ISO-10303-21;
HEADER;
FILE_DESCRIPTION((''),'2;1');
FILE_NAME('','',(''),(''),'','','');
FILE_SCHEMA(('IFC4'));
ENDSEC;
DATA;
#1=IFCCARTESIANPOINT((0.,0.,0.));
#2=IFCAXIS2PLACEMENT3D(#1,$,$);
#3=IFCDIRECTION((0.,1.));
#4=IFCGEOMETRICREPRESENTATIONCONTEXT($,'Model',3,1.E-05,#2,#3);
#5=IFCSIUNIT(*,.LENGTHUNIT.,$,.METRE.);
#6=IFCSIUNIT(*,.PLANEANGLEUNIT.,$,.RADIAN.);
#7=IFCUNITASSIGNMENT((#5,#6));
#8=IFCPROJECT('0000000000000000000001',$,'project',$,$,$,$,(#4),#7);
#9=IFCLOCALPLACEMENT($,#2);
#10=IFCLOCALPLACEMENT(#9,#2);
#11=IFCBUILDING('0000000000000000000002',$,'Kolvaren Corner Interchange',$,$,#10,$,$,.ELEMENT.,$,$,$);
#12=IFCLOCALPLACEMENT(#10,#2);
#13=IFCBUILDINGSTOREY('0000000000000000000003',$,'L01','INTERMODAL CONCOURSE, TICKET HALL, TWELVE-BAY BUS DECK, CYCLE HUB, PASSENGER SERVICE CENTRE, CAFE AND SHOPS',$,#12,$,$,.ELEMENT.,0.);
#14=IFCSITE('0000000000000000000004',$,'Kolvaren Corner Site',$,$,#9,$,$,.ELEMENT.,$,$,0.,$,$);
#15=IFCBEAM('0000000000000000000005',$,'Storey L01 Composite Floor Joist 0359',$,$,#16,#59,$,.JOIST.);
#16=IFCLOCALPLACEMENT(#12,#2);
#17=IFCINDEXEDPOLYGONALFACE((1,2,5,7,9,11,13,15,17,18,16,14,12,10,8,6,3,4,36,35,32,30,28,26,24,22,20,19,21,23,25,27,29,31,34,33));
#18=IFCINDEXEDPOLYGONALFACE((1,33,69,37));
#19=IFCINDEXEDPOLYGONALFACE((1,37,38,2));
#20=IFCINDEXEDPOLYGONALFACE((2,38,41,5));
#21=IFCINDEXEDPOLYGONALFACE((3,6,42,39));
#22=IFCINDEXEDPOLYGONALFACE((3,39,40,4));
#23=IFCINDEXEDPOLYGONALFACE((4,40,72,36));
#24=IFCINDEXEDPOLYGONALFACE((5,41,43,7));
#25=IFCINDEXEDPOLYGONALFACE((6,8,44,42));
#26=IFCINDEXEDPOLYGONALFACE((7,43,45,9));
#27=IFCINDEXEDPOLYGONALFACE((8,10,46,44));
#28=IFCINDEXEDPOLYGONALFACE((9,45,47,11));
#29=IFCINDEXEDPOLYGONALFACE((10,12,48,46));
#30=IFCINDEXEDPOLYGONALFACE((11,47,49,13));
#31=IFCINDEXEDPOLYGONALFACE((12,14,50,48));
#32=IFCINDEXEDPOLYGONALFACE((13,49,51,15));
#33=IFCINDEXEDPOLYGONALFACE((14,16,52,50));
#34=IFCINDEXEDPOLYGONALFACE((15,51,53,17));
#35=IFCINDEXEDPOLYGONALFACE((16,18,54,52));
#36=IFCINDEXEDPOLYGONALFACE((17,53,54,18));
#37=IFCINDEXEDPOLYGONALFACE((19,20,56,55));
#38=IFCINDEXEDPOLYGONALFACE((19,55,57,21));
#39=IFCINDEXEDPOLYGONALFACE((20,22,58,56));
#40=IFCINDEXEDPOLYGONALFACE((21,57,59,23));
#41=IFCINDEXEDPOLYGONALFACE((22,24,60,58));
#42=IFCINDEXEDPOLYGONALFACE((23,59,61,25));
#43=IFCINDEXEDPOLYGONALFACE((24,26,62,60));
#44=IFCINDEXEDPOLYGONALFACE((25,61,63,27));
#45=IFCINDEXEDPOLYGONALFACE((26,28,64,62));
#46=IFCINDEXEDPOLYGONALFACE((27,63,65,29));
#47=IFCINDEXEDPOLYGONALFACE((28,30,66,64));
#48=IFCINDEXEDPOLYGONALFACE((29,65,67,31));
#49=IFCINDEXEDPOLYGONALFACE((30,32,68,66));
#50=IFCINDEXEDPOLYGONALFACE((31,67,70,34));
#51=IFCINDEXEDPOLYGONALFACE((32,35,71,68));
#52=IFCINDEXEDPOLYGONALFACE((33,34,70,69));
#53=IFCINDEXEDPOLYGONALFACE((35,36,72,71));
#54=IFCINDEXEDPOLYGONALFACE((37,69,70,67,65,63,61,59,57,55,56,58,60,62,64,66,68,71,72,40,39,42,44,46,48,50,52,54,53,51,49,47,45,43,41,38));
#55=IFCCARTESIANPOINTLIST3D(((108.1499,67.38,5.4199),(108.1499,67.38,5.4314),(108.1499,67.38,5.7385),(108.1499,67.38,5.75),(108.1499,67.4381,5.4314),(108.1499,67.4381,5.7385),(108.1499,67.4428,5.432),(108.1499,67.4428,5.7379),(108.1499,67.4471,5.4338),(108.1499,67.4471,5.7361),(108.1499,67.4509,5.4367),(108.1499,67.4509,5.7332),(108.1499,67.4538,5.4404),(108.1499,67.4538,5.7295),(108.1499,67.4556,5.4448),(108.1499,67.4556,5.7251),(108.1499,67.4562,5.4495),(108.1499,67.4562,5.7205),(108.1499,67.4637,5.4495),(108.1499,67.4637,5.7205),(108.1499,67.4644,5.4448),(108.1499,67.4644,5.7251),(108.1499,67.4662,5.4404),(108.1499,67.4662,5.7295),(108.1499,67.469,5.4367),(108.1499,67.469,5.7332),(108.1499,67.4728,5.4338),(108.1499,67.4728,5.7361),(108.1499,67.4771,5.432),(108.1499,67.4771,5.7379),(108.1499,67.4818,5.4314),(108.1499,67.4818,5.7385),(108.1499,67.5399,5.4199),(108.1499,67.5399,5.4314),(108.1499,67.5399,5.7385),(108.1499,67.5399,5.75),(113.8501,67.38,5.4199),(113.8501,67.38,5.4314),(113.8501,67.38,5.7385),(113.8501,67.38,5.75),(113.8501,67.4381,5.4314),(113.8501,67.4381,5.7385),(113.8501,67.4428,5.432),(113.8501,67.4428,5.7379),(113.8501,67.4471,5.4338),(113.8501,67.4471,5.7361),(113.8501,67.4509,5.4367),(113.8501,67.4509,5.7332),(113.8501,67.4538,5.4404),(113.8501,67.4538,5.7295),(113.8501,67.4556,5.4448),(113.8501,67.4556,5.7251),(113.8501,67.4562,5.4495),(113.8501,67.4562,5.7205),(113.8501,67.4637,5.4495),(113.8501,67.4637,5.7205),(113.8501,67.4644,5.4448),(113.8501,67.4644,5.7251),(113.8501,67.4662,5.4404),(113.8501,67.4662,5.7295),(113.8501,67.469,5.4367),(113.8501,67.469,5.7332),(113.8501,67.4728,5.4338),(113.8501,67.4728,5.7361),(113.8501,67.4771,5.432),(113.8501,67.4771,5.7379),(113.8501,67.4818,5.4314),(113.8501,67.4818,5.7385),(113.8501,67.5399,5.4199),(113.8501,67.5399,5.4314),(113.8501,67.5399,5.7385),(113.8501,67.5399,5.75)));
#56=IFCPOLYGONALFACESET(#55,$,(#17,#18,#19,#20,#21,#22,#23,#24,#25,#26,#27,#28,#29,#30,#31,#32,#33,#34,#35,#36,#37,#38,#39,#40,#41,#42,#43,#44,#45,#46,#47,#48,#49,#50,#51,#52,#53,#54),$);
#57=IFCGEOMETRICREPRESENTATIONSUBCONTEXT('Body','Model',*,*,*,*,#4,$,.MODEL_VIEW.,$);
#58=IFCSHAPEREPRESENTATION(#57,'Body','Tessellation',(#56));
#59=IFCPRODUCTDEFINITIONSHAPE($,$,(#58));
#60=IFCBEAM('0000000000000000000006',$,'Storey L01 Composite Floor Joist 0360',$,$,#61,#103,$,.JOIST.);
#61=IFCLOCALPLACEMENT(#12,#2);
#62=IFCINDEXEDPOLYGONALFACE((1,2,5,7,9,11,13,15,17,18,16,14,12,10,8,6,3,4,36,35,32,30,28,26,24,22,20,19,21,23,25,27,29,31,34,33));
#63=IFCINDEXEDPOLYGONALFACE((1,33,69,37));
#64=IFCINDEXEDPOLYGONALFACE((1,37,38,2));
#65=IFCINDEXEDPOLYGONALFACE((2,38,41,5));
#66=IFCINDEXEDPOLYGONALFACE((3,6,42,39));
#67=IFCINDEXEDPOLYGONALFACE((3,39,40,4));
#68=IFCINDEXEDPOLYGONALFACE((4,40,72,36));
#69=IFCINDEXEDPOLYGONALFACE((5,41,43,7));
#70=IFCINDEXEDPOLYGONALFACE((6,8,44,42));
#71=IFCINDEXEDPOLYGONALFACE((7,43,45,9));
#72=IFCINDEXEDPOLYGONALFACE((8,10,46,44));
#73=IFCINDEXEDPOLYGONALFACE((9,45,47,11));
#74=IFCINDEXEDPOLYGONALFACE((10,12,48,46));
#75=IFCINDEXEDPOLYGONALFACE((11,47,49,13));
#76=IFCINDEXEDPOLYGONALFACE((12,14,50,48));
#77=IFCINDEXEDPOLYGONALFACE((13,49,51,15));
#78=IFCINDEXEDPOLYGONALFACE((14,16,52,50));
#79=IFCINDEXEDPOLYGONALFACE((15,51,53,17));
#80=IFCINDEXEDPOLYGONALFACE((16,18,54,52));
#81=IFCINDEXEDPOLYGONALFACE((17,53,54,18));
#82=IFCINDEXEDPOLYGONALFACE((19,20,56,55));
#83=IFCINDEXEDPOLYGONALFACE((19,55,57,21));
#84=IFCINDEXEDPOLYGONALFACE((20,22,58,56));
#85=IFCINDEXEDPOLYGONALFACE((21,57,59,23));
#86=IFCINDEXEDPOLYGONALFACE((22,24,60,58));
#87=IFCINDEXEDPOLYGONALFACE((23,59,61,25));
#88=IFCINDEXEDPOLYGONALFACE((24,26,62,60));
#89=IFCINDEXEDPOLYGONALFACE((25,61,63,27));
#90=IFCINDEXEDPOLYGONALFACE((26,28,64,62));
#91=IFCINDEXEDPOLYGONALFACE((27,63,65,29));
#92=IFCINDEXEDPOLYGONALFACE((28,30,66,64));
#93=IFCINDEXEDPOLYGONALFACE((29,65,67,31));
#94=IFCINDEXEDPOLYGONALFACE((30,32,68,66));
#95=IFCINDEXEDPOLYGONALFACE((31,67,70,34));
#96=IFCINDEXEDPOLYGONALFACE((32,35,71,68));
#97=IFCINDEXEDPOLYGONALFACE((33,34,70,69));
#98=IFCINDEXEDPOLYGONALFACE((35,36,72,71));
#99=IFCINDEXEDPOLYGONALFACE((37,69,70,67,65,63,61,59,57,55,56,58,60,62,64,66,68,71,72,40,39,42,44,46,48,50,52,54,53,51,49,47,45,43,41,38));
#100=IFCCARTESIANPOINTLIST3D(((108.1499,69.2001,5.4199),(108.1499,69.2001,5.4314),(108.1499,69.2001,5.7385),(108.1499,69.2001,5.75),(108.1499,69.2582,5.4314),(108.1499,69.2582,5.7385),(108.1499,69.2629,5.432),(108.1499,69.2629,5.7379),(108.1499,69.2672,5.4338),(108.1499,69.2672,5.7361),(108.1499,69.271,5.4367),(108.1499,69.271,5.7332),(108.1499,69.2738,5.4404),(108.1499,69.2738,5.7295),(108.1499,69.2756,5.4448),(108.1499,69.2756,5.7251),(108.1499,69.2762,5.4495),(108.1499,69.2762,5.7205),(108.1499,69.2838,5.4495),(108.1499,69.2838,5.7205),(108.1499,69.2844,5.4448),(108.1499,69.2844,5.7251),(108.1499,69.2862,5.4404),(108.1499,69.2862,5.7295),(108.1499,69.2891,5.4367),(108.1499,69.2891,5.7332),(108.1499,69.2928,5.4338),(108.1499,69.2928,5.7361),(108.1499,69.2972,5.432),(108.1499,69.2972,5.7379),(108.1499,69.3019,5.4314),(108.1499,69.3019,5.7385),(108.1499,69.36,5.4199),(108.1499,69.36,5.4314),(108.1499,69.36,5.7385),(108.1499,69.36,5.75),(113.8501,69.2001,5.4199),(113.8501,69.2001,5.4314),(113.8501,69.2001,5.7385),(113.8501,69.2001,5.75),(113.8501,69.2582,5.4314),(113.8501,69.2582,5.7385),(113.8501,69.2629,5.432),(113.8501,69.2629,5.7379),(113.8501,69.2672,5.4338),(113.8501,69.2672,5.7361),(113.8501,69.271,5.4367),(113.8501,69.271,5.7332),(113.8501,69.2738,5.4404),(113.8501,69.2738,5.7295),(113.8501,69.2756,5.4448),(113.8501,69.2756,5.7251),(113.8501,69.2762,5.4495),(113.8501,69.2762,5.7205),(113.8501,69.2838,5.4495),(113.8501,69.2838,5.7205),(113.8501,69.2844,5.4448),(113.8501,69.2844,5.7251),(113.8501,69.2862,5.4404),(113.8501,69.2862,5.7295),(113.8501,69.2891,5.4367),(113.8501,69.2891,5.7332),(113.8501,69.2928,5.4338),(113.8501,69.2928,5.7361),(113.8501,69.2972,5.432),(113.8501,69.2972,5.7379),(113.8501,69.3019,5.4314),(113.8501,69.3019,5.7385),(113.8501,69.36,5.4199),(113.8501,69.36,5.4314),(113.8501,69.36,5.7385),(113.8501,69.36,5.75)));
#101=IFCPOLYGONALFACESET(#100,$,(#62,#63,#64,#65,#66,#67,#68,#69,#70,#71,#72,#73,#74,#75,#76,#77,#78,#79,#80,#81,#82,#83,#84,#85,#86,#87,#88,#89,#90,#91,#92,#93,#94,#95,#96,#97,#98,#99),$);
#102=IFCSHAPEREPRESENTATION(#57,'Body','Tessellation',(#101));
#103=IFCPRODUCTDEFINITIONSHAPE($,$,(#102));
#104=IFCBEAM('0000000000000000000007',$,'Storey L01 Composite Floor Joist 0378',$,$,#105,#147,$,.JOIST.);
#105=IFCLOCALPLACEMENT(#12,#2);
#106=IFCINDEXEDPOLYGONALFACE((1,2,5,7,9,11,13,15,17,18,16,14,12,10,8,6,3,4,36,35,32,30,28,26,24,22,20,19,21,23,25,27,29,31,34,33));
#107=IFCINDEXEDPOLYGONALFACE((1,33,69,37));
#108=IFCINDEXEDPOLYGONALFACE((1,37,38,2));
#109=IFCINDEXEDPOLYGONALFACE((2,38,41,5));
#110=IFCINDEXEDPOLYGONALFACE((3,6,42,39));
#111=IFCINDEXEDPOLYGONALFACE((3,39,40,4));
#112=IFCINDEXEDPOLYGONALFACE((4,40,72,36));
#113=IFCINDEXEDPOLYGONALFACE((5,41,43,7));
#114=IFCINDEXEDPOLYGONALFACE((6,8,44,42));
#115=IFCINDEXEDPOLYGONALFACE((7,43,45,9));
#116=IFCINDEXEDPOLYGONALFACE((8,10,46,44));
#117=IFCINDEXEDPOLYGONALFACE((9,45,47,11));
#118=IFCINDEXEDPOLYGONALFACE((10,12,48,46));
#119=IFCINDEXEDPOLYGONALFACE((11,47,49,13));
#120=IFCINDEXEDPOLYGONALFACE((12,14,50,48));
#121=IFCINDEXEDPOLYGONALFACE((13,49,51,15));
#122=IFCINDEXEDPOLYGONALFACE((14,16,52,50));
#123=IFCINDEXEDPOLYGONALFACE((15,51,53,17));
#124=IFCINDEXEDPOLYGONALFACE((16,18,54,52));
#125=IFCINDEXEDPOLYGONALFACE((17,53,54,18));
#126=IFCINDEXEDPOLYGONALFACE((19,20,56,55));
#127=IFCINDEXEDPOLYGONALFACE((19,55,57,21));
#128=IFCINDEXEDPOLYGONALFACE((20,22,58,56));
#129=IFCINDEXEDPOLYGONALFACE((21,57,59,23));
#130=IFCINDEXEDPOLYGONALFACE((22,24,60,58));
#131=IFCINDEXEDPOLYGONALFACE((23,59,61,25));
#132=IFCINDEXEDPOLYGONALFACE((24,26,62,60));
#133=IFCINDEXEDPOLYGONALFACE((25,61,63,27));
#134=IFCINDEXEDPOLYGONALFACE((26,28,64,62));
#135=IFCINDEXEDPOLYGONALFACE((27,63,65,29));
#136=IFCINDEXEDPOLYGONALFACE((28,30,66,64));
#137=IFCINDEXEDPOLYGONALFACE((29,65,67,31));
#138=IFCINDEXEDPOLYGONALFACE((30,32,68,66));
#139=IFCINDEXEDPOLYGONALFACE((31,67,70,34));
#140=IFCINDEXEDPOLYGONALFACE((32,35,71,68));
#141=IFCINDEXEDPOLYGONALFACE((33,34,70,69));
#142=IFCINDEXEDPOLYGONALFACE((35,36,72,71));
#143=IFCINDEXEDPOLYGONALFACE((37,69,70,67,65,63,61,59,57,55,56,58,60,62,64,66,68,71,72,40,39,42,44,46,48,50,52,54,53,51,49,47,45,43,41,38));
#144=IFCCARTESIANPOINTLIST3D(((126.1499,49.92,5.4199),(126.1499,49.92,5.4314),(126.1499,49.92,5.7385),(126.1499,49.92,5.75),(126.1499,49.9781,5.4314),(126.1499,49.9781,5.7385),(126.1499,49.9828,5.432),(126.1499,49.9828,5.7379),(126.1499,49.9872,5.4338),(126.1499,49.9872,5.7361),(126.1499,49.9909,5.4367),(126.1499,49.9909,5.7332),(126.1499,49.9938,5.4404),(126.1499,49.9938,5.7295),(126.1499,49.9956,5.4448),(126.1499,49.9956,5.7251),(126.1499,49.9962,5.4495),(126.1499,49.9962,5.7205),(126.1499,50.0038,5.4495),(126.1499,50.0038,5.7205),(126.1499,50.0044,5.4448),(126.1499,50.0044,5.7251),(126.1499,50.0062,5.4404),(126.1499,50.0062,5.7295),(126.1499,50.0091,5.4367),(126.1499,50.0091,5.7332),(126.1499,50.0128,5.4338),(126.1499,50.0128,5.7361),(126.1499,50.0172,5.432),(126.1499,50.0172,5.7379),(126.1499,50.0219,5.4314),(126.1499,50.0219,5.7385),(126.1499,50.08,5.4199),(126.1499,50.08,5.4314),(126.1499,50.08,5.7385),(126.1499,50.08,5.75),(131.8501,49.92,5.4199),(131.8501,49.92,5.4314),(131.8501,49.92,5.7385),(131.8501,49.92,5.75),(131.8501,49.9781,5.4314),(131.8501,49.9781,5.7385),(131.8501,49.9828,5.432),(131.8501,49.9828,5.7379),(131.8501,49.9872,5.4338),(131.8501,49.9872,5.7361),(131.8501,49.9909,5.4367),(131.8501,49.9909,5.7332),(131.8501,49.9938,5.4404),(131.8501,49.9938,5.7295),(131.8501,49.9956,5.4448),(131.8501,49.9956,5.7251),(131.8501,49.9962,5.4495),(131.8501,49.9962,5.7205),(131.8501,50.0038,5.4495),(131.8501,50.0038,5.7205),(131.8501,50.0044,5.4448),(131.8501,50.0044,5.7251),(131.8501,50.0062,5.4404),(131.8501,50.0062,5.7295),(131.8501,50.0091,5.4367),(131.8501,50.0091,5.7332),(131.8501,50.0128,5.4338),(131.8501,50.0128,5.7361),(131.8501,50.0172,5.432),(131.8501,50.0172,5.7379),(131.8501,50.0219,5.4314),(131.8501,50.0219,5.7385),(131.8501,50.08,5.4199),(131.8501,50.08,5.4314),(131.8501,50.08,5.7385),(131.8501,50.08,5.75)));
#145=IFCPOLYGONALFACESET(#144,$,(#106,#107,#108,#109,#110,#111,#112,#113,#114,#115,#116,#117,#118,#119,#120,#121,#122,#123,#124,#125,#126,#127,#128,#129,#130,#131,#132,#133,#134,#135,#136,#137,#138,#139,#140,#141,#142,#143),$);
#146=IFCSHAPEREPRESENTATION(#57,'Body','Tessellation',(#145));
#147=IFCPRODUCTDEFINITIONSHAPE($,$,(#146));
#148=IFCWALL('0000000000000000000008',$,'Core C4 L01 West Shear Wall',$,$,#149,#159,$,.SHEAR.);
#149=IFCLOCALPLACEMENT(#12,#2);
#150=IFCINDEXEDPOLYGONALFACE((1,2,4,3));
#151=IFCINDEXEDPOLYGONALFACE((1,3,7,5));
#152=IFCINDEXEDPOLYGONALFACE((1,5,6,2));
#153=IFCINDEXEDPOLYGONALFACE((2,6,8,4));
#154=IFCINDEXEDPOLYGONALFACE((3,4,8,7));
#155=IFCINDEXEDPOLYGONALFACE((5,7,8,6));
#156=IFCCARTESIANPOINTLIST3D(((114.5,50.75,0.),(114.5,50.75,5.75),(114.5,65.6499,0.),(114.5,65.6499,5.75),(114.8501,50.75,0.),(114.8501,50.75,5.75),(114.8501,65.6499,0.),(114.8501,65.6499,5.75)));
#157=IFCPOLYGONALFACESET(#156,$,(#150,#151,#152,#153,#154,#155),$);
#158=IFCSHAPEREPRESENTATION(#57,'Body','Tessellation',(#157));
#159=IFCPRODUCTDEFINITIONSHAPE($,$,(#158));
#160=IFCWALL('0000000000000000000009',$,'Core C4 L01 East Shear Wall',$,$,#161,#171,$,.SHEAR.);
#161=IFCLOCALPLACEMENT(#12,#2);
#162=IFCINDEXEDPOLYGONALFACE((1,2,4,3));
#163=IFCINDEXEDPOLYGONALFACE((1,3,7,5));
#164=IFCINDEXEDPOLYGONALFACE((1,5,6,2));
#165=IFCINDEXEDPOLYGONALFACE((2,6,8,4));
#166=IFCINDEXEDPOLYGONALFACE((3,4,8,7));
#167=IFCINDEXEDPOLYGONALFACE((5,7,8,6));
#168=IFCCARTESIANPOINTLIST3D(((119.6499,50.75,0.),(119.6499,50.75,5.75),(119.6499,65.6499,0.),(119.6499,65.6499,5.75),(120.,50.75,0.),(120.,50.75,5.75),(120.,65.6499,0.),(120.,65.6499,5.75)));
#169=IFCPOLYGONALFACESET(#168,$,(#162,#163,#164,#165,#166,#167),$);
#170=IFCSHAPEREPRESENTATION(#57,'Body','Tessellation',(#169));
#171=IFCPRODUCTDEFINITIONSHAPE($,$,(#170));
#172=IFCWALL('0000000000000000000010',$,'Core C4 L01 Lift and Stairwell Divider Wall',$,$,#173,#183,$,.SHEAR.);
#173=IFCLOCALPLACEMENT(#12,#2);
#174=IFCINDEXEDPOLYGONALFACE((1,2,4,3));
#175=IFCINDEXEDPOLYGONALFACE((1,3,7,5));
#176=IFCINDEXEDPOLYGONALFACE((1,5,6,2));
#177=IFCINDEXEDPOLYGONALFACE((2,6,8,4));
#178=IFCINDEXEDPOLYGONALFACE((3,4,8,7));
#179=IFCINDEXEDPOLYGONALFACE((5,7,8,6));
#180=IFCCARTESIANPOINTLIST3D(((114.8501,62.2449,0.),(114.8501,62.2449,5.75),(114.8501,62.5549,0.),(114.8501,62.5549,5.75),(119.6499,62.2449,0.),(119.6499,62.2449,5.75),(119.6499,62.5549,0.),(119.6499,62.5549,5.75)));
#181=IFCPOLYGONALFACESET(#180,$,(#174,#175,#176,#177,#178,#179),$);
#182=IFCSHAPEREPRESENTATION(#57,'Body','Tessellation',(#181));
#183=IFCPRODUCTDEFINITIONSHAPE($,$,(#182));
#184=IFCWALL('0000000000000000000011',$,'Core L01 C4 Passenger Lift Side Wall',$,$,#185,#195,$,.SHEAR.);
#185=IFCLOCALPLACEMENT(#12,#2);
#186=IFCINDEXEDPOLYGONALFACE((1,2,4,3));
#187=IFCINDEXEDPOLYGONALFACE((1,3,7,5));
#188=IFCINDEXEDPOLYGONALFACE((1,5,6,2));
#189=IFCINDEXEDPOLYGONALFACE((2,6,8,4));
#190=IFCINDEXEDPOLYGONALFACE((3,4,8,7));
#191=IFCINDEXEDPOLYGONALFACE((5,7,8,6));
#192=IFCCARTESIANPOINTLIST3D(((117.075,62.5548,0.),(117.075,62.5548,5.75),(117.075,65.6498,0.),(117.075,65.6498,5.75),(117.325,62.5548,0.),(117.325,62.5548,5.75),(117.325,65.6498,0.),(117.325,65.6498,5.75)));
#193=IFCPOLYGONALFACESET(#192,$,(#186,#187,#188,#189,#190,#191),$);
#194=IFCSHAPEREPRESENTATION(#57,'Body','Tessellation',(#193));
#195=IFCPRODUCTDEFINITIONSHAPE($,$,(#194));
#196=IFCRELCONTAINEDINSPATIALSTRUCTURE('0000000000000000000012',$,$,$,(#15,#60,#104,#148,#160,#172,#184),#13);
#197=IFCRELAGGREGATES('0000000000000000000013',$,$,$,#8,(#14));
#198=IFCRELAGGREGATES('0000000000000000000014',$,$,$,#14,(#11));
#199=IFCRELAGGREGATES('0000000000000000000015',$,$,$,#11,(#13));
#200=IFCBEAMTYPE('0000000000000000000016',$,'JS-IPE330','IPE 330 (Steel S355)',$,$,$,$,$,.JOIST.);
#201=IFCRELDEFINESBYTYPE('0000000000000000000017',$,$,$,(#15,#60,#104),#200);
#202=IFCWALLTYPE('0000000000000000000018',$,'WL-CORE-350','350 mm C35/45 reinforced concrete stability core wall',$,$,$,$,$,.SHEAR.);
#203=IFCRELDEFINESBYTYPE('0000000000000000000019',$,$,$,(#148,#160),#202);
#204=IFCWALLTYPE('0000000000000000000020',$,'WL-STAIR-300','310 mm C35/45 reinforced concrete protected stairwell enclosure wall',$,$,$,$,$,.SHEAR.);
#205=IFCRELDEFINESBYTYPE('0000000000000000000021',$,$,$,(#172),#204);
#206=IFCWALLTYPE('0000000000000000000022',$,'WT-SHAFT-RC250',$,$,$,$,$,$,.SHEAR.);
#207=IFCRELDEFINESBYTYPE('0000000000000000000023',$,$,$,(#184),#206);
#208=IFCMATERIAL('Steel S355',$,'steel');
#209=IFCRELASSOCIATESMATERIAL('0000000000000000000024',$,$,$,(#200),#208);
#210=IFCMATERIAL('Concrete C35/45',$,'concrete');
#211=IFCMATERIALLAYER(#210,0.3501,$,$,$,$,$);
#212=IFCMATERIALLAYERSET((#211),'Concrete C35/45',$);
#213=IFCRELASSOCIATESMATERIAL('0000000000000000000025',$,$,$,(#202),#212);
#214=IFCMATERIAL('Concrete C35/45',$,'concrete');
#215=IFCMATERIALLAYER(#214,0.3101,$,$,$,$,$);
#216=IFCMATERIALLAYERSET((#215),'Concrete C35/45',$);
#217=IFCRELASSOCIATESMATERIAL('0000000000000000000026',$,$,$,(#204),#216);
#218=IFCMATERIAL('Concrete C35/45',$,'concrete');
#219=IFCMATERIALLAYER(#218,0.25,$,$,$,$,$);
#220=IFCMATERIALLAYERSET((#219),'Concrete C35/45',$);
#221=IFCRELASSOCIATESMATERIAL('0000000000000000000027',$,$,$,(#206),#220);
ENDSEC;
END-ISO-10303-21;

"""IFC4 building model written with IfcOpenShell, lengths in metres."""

from ifc_helpers import new_model, si_unit, direction, frame, frame_2d, origin, origin_2d, place, context, subcontext, project, spatial, rectangle, i_section, extrude, material, layer, layer_set, material_profile, profile_set, type_object, element, save


model = new_model("IFC4")

# Units and contexts
model_context = context("Model", 3, precision=1e-05, world=origin(), true_north=direction((0.0, 1.0)))
body_context = subcontext(model_context, "Body", "Model", "MODEL_VIEW")
ifc_project = project(units=[si_unit("LENGTHUNIT", "METRE"), si_unit("PLANEANGLEUNIT", "RADIAN")], contexts=[model_context])

# Site, building, storey
site_placement = place(None, origin())
site = spatial("IfcSite", under=ifc_project, at=site_placement, Name="Kolvaren Corner Site", CompositionType="ELEMENT", RefElevation=0.0)
building_placement = place(site_placement, origin())
building = spatial("IfcBuilding", under=site, at=building_placement, Name="Kolvaren Corner Interchange", CompositionType="ELEMENT")
storey_placement = place(building_placement, origin())
storey = spatial("IfcBuildingStorey", under=building, at=storey_placement, Name="L01", Description="INTERMODAL CONCOURSE, TICKET HALL, TWELVE-BAY BUS DECK, CYCLE HUB, PASSENGER SERVICE CENTRE, CAFE AND SHOPS", CompositionType="ELEMENT", Elevation=0.0)

# Beams
ifc_material_1 = material(Name="Steel S355", Category="steel")
ifc_material_profile_1 = material_profile(ifc_material_1, i_section(OverallWidth=0.1599, OverallDepth=0.3301, WebThickness=0.0076, FlangeThickness=0.0115, FilletRadius=0.0181, at=origin_2d()), Name="IPE 330")
ifc_profile_set_1 = profile_set([ifc_material_profile_1], Name="Steel S355")
beam_type_1 = type_object("IfcBeamType", Name="JS-IPE330", Description="IPE 330 (Steel S355)", PredefinedType="JOIST", material=ifc_profile_set_1)
for number, where, z_axis, x_axis, name in (
    (1, (108.1499, 67.46, 5.585), (1.0, 0.0, 0.0), (0.0, 1.0, 0.0), "Storey L01 Composite Floor Joist 0359"),
    (2, (108.1499, 69.28, 5.585), (1.0, 0.0, 0.0), (0.0, 1.0, 0.0), "Storey L01 Composite Floor Joist 0360"),
    (3, (126.1499, 50.0, 5.585), (1.0, 0.0, 0.0), (0.0, 1.0, 0.0), "Storey L01 Composite Floor Joist 0378"),
):
    element("IfcBeam", number, at=place(storey_placement, frame(where, z_axis=z_axis, x_axis=x_axis)), inside=storey, type_object=beam_type_1, Name=name, PredefinedType="JOIST", context=body_context, shape_type="SweptSolid", body=[
        extrude(i_section(OverallWidth=0.1599, OverallDepth=0.3301, WebThickness=0.0076, FlangeThickness=0.0115, FilletRadius=0.0181, at=origin_2d()), origin(), (0.0, 0.0, 1.0), 5.7002),
    ])

# Shared definitions
ifc_material_2 = material(Name="Concrete C35/45", Category="concrete")
ifc_layer_1 = layer(ifc_material_2, 0.3501)
ifc_layer_set_1 = layer_set([ifc_layer_1], Name="Concrete C35/45")
wall_type_1 = type_object("IfcWallType", Name="WL-CORE-350", Description="350 mm C35/45 reinforced concrete stability core wall", PredefinedType="SHEAR", material=ifc_layer_set_1)

# Walls
for number, where, z_axis, x_axis, name in (
    (4, (114.675, 50.75, 0.0), (0.0, 0.0, 1.0), (0.0, 1.0, 0.0), "Core C4 L01 West Shear Wall"),
    (5, (119.825, 50.75, 0.0), (0.0, 0.0, 1.0), (0.0, 1.0, 0.0), "Core C4 L01 East Shear Wall"),
):
    element("IfcWall", number, at=place(storey_placement, frame(where, z_axis=z_axis, x_axis=x_axis)), inside=storey, type_object=wall_type_1, Name=name, PredefinedType="SHEAR", context=body_context, shape_type="SweptSolid", body=[
        extrude(rectangle(XDim=14.8999, YDim=0.3501, at=frame_2d((7.45, 0.0))), origin(), (0.0, 0.0, 1.0), 5.75),
    ])
ifc_material_3 = material(Name="Concrete C35/45", Category="concrete")
ifc_layer_2 = layer(ifc_material_3, 0.3101)
ifc_layer_set_2 = layer_set([ifc_layer_2], Name="Concrete C35/45")
wall_type_2 = type_object("IfcWallType", Name="WL-STAIR-300", Description="310 mm C35/45 reinforced concrete protected stairwell enclosure wall", PredefinedType="SHEAR", material=ifc_layer_set_2)
wall_1_placement = place(storey_placement, frame((114.8501, 62.3999, 0.0), z_axis=(0.0, 0.0, 1.0), x_axis=(1.0, 0.0, 0.0)))
element("IfcWall", 6, at=wall_1_placement, inside=storey, type_object=wall_type_2, Name="Core C4 L01 Lift and Stairwell Divider Wall", PredefinedType="SHEAR", context=body_context, shape_type="SweptSolid", body=[
    extrude(rectangle(XDim=4.7998, YDim=0.3101, at=frame_2d((2.3999, 0.0))), origin(), (0.0, 0.0, 1.0), 5.75),
])
ifc_material_4 = material(Name="Concrete C35/45", Category="concrete")
ifc_layer_3 = layer(ifc_material_4, 0.25)
ifc_layer_set_3 = layer_set([ifc_layer_3], Name="Concrete C35/45")
wall_type_3 = type_object("IfcWallType", Name="WT-SHAFT-RC250", PredefinedType="SHEAR", material=ifc_layer_set_3)
wall_2_placement = place(storey_placement, frame((117.2, 62.5549, 0.0), z_axis=(0.0, 0.0, 1.0), x_axis=(0.0, 1.0, 0.0)))
element("IfcWall", 7, at=wall_2_placement, inside=storey, type_object=wall_type_3, Name="Core L01 C4 Passenger Lift Side Wall", PredefinedType="SHEAR", context=body_context, shape_type="SweptSolid", body=[
    extrude(rectangle(XDim=3.095, YDim=0.25, at=frame_2d((1.5474, 0.0))), origin(), (0.0, 0.0, 1.0), 5.75),
])

save(model, "model.ifc")
